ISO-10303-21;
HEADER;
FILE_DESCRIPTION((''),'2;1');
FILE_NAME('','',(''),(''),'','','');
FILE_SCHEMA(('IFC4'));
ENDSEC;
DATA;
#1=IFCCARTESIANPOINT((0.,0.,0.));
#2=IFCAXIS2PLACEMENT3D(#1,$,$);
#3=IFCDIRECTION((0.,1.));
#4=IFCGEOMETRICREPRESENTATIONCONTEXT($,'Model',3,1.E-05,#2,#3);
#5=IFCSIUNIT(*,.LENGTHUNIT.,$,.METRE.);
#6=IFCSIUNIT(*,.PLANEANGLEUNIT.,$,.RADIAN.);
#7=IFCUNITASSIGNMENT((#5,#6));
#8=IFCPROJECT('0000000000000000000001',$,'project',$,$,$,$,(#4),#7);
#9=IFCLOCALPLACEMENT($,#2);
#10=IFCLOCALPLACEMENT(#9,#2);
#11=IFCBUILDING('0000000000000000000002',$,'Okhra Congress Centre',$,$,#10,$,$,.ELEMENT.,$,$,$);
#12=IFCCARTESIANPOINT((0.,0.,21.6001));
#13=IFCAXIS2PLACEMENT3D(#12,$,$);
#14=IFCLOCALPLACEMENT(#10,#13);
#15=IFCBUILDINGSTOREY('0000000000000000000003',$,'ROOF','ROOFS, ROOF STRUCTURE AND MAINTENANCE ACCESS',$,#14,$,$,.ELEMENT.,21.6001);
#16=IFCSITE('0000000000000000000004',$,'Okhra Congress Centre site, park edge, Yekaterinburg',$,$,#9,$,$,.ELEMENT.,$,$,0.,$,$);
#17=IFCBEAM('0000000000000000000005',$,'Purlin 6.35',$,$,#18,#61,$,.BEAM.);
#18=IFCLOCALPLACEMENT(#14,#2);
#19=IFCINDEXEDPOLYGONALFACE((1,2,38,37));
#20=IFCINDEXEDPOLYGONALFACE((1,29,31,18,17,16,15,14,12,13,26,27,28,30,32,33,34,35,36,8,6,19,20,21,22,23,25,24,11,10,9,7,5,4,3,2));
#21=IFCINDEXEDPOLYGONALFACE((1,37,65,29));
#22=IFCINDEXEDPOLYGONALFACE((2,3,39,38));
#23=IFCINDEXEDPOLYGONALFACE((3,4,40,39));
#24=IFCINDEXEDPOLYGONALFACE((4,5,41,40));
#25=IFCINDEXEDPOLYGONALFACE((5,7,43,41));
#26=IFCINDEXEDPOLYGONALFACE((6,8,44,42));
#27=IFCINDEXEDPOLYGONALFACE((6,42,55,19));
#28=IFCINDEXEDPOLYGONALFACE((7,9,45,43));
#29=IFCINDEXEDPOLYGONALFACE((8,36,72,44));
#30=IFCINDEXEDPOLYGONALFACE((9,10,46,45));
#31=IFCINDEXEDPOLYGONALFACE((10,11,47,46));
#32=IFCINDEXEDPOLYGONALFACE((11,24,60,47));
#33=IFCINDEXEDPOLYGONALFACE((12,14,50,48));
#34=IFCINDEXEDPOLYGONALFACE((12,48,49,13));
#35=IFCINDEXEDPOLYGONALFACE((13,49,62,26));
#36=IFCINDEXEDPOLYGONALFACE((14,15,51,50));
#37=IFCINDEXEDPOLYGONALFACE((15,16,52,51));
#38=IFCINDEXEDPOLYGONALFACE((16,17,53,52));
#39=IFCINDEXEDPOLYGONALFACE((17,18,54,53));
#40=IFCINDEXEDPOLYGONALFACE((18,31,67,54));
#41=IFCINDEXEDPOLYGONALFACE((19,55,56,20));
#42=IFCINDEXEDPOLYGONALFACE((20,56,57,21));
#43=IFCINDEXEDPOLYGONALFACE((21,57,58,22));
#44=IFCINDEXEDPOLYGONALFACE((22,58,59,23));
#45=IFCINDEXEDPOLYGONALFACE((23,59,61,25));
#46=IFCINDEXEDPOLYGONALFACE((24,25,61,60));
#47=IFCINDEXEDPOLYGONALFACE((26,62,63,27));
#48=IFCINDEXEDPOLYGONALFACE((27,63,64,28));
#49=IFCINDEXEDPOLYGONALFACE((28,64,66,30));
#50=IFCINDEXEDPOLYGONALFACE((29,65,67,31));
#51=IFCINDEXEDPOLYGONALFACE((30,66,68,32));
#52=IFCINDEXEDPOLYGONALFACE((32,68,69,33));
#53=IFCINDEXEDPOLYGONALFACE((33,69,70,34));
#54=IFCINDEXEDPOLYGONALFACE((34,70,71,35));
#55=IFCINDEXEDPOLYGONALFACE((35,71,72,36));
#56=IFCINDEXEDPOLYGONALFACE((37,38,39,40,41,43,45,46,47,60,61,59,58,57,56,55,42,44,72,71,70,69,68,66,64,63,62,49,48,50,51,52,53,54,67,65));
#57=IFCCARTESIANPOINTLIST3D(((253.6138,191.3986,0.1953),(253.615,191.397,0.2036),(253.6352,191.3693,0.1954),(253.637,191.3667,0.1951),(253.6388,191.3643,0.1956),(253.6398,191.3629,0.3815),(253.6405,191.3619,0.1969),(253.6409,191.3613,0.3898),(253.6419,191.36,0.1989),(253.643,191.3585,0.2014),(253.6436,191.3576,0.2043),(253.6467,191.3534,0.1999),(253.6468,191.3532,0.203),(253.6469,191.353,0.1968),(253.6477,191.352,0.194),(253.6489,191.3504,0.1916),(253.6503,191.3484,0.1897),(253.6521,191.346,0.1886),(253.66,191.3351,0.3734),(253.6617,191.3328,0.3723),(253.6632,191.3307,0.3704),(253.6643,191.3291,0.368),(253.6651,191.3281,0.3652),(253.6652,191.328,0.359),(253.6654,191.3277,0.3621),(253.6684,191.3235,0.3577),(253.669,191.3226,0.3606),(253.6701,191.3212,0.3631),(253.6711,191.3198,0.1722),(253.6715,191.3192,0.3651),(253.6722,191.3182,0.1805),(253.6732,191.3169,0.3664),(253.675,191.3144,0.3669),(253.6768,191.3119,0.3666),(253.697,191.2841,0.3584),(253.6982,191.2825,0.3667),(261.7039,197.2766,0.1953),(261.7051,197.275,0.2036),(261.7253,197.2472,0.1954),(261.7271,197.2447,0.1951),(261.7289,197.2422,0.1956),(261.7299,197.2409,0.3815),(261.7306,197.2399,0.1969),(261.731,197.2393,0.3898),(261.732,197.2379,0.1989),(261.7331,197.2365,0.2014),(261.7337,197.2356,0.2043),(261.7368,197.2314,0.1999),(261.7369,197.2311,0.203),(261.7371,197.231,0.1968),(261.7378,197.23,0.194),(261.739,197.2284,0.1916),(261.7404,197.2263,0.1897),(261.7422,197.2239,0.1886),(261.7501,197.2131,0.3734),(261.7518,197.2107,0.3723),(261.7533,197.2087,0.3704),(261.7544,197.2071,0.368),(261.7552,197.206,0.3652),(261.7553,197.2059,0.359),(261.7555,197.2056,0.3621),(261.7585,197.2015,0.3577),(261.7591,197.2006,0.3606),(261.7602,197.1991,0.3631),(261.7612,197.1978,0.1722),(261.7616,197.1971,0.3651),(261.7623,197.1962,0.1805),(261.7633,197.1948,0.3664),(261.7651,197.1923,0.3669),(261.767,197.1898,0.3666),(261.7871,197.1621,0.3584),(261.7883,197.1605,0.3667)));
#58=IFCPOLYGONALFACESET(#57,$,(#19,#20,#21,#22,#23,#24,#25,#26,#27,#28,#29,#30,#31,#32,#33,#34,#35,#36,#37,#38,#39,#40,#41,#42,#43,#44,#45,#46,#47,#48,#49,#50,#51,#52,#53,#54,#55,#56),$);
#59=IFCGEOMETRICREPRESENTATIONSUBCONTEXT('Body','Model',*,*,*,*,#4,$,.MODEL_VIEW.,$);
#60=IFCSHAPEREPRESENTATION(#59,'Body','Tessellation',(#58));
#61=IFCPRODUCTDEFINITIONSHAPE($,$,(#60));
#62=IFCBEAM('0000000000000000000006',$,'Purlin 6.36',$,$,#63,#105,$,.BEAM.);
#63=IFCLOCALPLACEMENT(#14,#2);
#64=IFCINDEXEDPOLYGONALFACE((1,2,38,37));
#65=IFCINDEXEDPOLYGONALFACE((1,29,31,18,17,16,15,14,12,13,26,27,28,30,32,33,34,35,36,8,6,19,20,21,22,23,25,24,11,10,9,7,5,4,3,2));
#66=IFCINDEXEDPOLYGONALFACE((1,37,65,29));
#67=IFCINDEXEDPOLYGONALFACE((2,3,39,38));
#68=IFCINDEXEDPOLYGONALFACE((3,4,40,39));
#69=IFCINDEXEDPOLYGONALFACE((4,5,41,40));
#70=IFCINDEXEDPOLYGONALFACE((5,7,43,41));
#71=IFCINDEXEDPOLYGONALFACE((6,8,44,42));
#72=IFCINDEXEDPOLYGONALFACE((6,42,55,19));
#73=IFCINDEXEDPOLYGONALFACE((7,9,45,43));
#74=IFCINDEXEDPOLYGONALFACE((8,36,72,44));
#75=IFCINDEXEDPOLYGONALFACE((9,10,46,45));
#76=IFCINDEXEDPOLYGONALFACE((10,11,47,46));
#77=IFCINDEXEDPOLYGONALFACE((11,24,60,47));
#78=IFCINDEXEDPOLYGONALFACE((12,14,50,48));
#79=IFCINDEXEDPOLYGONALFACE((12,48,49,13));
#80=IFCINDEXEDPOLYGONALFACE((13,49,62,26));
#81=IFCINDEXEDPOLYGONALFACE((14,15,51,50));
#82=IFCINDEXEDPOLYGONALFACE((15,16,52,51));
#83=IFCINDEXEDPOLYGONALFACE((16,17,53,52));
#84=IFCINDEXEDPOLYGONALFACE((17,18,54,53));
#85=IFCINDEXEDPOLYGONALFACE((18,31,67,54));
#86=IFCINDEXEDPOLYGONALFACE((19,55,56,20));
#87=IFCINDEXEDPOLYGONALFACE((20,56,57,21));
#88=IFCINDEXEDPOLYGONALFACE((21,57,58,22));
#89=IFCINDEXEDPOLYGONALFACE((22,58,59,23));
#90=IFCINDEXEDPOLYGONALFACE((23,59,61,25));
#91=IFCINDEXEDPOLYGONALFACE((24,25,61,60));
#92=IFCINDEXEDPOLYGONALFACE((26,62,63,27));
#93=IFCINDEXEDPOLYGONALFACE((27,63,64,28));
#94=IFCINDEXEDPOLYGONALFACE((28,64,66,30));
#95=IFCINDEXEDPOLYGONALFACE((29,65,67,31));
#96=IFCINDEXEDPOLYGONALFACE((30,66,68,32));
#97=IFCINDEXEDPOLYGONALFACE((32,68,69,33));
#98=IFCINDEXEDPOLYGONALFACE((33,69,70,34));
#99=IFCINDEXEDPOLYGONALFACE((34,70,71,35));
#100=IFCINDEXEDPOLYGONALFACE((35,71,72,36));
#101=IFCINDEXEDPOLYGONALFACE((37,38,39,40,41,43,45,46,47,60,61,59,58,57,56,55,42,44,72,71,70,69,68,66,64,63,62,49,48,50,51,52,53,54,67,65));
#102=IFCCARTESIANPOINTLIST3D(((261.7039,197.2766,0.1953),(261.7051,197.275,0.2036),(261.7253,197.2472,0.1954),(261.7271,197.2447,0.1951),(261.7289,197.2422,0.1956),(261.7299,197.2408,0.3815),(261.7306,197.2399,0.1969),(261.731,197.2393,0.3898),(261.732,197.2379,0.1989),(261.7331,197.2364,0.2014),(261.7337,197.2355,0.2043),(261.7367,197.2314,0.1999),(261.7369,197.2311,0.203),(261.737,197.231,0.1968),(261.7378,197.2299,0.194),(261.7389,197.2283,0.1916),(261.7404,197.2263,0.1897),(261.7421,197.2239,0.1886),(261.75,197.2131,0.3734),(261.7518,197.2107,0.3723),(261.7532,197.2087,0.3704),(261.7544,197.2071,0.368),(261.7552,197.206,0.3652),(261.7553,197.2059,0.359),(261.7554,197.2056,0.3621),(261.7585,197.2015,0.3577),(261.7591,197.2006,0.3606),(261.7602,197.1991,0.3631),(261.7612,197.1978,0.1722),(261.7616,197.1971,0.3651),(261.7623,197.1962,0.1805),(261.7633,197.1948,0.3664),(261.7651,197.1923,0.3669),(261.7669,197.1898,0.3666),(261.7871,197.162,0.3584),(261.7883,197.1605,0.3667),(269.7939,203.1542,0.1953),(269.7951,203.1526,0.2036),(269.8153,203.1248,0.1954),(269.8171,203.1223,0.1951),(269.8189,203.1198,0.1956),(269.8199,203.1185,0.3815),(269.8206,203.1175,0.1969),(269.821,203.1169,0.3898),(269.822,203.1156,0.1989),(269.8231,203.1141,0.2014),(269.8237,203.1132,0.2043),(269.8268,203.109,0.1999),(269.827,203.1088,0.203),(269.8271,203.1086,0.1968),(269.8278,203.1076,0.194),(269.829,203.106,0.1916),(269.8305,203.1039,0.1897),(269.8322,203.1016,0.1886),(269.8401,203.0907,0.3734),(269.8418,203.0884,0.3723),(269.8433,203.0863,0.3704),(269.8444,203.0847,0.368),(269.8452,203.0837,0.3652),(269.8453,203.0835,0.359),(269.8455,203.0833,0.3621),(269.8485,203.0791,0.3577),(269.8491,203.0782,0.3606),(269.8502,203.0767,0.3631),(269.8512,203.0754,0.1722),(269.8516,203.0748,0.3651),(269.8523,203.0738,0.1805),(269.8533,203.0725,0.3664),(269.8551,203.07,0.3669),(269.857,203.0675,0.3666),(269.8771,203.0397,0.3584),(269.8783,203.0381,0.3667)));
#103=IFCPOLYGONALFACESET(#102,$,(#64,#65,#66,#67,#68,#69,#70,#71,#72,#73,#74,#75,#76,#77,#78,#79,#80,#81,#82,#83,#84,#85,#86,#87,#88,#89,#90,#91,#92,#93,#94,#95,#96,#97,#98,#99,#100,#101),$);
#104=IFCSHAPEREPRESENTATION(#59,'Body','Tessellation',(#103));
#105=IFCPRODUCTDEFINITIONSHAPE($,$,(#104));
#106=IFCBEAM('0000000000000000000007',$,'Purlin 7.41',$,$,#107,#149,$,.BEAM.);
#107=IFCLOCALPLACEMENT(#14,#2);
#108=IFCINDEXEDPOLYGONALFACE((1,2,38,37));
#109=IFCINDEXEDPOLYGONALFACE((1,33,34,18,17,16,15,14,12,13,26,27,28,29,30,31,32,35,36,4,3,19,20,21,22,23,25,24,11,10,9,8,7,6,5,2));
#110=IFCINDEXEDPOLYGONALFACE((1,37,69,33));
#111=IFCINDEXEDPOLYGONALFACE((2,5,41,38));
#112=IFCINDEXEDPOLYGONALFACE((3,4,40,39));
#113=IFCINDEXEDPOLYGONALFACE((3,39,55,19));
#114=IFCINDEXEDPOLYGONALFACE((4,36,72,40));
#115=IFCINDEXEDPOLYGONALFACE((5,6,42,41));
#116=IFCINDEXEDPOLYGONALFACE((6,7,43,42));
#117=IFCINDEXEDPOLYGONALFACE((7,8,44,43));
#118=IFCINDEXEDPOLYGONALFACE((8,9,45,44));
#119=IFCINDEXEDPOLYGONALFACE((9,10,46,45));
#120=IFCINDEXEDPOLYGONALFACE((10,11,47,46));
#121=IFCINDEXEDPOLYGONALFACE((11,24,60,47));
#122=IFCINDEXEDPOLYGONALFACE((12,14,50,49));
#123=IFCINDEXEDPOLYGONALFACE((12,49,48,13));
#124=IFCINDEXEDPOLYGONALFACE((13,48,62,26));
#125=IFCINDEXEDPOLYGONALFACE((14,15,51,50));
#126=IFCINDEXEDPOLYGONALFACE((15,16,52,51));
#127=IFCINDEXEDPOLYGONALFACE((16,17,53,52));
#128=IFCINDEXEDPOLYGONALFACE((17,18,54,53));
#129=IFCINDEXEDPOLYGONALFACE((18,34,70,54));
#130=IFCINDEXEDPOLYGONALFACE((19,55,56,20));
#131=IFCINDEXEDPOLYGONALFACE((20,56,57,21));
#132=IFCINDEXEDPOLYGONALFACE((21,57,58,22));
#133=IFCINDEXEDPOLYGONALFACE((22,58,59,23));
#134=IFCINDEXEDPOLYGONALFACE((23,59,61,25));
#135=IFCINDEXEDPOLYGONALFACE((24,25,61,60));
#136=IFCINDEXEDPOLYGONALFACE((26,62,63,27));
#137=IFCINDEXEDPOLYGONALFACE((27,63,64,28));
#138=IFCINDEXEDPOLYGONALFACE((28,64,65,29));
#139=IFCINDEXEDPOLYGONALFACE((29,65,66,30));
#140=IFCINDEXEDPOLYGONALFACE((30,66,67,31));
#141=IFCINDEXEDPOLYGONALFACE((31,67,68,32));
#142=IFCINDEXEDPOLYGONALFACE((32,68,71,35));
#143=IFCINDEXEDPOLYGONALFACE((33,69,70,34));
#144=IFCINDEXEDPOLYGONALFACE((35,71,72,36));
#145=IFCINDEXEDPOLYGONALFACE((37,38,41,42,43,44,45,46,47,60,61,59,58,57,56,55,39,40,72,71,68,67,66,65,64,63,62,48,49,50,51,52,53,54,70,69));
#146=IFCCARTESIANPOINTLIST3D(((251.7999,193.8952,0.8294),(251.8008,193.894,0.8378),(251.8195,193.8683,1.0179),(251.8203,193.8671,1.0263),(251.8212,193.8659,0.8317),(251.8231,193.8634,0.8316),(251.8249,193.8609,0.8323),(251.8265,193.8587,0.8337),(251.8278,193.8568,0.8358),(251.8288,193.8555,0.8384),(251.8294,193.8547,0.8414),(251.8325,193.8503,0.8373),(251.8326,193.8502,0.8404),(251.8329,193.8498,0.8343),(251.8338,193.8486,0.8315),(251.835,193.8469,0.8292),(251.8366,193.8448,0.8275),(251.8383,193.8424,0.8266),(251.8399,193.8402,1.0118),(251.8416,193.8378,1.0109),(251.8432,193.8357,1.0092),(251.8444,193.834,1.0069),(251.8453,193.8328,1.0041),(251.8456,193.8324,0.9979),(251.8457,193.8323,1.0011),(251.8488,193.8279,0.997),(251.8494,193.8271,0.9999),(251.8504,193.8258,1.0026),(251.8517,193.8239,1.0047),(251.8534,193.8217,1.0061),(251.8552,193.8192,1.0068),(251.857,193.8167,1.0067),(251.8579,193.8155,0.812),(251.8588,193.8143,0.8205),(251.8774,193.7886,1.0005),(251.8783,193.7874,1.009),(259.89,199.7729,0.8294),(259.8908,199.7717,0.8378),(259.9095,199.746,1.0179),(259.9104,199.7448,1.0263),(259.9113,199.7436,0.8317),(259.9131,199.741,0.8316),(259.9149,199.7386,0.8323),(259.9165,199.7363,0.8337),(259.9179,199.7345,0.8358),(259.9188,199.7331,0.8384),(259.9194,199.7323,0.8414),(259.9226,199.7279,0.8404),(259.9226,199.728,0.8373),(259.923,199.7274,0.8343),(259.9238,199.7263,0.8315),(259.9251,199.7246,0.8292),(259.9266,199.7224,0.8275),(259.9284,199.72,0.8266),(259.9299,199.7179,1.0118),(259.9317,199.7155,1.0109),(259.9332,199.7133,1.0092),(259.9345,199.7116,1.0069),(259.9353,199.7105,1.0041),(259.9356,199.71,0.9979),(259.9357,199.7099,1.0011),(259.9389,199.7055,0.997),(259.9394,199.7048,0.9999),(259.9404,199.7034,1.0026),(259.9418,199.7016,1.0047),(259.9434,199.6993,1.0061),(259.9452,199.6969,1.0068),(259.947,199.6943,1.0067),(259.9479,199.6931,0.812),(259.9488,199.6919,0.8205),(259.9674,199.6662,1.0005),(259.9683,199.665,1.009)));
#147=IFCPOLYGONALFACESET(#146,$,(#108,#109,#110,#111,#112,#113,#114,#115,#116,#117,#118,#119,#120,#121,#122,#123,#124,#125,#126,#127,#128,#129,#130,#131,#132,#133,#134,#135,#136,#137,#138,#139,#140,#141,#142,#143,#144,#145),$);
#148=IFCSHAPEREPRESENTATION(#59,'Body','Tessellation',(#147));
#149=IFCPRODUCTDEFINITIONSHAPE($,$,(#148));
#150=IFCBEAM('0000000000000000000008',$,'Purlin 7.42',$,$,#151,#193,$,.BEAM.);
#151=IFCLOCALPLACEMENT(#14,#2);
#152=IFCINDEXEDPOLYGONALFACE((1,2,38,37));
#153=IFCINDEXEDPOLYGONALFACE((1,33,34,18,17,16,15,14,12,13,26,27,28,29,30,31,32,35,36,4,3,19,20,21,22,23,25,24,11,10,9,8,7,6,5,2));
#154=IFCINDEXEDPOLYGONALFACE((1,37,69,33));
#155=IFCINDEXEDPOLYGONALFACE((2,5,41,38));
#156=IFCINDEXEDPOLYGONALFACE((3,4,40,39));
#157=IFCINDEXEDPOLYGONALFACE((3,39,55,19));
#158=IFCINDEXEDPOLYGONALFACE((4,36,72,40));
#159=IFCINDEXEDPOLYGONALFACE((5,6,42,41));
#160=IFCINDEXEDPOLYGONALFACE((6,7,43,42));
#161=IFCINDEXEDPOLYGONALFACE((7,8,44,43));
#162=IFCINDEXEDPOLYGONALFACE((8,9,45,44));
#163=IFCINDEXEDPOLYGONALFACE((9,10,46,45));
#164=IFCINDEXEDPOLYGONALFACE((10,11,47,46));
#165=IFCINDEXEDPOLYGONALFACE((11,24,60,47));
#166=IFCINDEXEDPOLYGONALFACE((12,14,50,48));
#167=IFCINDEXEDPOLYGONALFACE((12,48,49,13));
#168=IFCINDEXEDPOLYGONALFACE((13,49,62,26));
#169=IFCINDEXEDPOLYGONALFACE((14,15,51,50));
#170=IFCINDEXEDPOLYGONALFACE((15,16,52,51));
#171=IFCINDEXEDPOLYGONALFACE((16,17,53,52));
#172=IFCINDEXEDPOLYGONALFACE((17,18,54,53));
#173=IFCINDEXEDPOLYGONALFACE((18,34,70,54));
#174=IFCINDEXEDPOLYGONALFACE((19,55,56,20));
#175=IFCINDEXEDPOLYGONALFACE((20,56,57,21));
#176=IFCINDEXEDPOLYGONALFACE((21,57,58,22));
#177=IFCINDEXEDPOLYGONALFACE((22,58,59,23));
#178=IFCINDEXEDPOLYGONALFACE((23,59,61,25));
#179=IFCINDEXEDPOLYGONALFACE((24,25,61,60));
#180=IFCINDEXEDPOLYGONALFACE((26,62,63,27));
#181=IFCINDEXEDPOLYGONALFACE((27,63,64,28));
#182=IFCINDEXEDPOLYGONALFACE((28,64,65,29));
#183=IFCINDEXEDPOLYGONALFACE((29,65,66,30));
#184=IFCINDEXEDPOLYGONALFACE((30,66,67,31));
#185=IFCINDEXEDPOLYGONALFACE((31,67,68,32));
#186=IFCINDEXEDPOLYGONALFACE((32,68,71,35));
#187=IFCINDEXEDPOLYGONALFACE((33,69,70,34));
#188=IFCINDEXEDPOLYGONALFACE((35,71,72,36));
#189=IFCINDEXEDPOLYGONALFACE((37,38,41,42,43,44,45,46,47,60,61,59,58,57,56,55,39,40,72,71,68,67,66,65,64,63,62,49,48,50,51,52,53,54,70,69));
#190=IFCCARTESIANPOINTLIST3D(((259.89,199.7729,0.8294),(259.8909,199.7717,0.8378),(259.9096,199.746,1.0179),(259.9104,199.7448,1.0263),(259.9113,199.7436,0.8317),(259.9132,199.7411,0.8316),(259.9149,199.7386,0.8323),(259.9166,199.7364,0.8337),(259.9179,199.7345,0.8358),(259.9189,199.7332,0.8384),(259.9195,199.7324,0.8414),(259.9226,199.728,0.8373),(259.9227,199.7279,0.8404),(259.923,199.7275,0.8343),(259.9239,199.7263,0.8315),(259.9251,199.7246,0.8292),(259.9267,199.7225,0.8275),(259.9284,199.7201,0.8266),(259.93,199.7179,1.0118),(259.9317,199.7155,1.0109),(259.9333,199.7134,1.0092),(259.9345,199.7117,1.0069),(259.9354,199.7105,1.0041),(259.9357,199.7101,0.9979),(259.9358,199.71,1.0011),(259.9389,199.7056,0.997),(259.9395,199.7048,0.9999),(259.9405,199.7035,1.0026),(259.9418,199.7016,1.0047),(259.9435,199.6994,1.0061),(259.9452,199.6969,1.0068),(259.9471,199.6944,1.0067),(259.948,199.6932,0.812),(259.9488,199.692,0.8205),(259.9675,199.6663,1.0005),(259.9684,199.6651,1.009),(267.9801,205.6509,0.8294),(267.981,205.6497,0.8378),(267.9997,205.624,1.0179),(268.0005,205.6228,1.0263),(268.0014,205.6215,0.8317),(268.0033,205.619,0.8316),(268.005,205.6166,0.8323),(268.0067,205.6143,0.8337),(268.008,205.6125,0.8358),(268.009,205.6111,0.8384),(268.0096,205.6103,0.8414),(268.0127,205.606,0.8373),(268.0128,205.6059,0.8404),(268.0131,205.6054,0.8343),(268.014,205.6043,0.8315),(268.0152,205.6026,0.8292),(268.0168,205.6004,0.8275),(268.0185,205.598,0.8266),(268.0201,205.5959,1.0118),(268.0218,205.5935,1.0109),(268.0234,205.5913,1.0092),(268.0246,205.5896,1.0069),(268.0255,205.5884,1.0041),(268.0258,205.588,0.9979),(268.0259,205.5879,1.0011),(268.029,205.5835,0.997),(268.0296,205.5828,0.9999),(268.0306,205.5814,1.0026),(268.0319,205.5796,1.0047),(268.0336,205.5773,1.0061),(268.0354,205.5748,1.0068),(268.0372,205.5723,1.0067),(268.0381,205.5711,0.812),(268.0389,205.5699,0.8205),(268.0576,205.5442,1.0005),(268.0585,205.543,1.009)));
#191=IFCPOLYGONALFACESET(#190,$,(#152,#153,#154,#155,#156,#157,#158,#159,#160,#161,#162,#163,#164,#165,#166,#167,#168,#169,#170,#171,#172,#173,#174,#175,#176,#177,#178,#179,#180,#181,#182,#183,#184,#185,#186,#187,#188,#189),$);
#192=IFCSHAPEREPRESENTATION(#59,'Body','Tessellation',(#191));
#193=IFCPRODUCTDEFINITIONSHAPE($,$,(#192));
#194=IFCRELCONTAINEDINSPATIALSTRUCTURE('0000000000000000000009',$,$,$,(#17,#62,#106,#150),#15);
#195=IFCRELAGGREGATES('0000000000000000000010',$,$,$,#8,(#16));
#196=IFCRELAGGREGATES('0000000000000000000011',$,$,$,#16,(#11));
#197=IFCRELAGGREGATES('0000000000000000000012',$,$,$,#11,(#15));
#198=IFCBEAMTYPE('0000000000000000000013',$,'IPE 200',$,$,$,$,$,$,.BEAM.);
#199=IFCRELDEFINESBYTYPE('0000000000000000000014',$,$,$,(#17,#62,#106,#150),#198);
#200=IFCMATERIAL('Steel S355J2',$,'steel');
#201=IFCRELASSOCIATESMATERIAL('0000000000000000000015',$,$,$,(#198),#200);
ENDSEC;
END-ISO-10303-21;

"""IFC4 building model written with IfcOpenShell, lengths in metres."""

from ifc_helpers import new_model, si_unit, direction, frame, origin, origin_2d, place, context, subcontext, project, spatial, i_section, extrude, material, material_profile, profile_set, type_object, element, save


model = new_model("IFC4")

# Units and contexts
model_context = context("Model", 3, precision=1e-05, world=origin(), true_north=direction((0.0, 1.0)))
body_context = subcontext(model_context, "Body", "Model", "MODEL_VIEW")
ifc_project = project(units=[si_unit("LENGTHUNIT", "METRE"), si_unit("PLANEANGLEUNIT", "RADIAN")], contexts=[model_context])

# Site, building, storey
site_placement = place(None, origin())
site = spatial("IfcSite", under=ifc_project, at=site_placement, Name="Okhra Congress Centre site, park edge, Yekaterinburg", CompositionType="ELEMENT", RefElevation=0.0)
building_placement = place(site_placement, origin())
building = spatial("IfcBuilding", under=site, at=building_placement, Name="Okhra Congress Centre", CompositionType="ELEMENT")
storey_placement = place(building_placement, frame((0.0, 0.0, 21.6001)))
storey = spatial("IfcBuildingStorey", under=building, at=storey_placement, Name="ROOF", Description="ROOFS, ROOF STRUCTURE AND MAINTENANCE ACCESS", CompositionType="ELEMENT", Elevation=21.6001)

# Beams
ifc_material_1 = material(Name="Steel S355J2", Category="steel")
ifc_material_profile_1 = material_profile(ifc_material_1, i_section(OverallWidth=0.1001, OverallDepth=0.2, WebThickness=0.0056, FlangeThickness=0.0085, FilletRadius=0.012, at=origin_2d()), Name="IPE 200")
ifc_profile_set_1 = profile_set([ifc_material_profile_1], Name="Steel S355J2")
beam_type_1 = type_object("IfcBeamType", Name="IPE 200", PredefinedType="BEAM", material=ifc_profile_set_1)
beam_1_placement = place(storey_placement, frame((253.656, 191.3406, 0.281), z_axis=(0.80901, 0.587794, 0.0), x_axis=(-0.57195, 0.787204, 0.230616)))
element("IfcBeam", 1, at=beam_1_placement, inside=storey, type_object=beam_type_1, Name="Purlin 6.35", PredefinedType="BEAM", context=body_context, shape_type="SweptSolid", body=[
    extrude(i_section(OverallWidth=0.1001, OverallDepth=0.2, WebThickness=0.0056, FlangeThickness=0.0085, FilletRadius=0.012, at=origin_2d()), origin(), (0.0, 0.0, 1.0), 10.0),
])
for number, where, z_axis, x_axis, name in (
    (2, (261.7461, 197.2185, 0.281), (0.809022, 0.587778, 0.0), (-0.571935, 0.787215, 0.230616), "Purlin 6.36"),
    (3, (251.8391, 193.8413, 0.9192), (0.809022, 0.587778, 0.0), (-0.578849, 0.796731, 0.173648), "Purlin 7.41"),
):
    element("IfcBeam", number, at=place(storey_placement, frame(where, z_axis=z_axis, x_axis=x_axis)), inside=storey, type_object=beam_type_1, Name=name, PredefinedType="BEAM", context=body_context, shape_type="SweptSolid", body=[
        extrude(i_section(OverallWidth=0.1001, OverallDepth=0.2, WebThickness=0.0056, FlangeThickness=0.0085, FilletRadius=0.012, at=origin_2d()), origin(), (0.0, 0.0, 1.0), 9.9998),
    ])
beam_2_placement = place(storey_placement, frame((259.9292, 199.719, 0.9192), z_axis=(0.80901, 0.587794, 0.0), x_axis=(-0.578864, 0.79672, 0.173648)))
element("IfcBeam", 4, at=beam_2_placement, inside=storey, type_object=beam_type_1, Name="Purlin 7.42", PredefinedType="BEAM", context=body_context, shape_type="SweptSolid", body=[
    extrude(i_section(OverallWidth=0.1001, OverallDepth=0.2, WebThickness=0.0056, FlangeThickness=0.0085, FilletRadius=0.012, at=origin_2d()), origin(), (0.0, 0.0, 1.0), 10.0),
])

save(model, "model.ifc")
